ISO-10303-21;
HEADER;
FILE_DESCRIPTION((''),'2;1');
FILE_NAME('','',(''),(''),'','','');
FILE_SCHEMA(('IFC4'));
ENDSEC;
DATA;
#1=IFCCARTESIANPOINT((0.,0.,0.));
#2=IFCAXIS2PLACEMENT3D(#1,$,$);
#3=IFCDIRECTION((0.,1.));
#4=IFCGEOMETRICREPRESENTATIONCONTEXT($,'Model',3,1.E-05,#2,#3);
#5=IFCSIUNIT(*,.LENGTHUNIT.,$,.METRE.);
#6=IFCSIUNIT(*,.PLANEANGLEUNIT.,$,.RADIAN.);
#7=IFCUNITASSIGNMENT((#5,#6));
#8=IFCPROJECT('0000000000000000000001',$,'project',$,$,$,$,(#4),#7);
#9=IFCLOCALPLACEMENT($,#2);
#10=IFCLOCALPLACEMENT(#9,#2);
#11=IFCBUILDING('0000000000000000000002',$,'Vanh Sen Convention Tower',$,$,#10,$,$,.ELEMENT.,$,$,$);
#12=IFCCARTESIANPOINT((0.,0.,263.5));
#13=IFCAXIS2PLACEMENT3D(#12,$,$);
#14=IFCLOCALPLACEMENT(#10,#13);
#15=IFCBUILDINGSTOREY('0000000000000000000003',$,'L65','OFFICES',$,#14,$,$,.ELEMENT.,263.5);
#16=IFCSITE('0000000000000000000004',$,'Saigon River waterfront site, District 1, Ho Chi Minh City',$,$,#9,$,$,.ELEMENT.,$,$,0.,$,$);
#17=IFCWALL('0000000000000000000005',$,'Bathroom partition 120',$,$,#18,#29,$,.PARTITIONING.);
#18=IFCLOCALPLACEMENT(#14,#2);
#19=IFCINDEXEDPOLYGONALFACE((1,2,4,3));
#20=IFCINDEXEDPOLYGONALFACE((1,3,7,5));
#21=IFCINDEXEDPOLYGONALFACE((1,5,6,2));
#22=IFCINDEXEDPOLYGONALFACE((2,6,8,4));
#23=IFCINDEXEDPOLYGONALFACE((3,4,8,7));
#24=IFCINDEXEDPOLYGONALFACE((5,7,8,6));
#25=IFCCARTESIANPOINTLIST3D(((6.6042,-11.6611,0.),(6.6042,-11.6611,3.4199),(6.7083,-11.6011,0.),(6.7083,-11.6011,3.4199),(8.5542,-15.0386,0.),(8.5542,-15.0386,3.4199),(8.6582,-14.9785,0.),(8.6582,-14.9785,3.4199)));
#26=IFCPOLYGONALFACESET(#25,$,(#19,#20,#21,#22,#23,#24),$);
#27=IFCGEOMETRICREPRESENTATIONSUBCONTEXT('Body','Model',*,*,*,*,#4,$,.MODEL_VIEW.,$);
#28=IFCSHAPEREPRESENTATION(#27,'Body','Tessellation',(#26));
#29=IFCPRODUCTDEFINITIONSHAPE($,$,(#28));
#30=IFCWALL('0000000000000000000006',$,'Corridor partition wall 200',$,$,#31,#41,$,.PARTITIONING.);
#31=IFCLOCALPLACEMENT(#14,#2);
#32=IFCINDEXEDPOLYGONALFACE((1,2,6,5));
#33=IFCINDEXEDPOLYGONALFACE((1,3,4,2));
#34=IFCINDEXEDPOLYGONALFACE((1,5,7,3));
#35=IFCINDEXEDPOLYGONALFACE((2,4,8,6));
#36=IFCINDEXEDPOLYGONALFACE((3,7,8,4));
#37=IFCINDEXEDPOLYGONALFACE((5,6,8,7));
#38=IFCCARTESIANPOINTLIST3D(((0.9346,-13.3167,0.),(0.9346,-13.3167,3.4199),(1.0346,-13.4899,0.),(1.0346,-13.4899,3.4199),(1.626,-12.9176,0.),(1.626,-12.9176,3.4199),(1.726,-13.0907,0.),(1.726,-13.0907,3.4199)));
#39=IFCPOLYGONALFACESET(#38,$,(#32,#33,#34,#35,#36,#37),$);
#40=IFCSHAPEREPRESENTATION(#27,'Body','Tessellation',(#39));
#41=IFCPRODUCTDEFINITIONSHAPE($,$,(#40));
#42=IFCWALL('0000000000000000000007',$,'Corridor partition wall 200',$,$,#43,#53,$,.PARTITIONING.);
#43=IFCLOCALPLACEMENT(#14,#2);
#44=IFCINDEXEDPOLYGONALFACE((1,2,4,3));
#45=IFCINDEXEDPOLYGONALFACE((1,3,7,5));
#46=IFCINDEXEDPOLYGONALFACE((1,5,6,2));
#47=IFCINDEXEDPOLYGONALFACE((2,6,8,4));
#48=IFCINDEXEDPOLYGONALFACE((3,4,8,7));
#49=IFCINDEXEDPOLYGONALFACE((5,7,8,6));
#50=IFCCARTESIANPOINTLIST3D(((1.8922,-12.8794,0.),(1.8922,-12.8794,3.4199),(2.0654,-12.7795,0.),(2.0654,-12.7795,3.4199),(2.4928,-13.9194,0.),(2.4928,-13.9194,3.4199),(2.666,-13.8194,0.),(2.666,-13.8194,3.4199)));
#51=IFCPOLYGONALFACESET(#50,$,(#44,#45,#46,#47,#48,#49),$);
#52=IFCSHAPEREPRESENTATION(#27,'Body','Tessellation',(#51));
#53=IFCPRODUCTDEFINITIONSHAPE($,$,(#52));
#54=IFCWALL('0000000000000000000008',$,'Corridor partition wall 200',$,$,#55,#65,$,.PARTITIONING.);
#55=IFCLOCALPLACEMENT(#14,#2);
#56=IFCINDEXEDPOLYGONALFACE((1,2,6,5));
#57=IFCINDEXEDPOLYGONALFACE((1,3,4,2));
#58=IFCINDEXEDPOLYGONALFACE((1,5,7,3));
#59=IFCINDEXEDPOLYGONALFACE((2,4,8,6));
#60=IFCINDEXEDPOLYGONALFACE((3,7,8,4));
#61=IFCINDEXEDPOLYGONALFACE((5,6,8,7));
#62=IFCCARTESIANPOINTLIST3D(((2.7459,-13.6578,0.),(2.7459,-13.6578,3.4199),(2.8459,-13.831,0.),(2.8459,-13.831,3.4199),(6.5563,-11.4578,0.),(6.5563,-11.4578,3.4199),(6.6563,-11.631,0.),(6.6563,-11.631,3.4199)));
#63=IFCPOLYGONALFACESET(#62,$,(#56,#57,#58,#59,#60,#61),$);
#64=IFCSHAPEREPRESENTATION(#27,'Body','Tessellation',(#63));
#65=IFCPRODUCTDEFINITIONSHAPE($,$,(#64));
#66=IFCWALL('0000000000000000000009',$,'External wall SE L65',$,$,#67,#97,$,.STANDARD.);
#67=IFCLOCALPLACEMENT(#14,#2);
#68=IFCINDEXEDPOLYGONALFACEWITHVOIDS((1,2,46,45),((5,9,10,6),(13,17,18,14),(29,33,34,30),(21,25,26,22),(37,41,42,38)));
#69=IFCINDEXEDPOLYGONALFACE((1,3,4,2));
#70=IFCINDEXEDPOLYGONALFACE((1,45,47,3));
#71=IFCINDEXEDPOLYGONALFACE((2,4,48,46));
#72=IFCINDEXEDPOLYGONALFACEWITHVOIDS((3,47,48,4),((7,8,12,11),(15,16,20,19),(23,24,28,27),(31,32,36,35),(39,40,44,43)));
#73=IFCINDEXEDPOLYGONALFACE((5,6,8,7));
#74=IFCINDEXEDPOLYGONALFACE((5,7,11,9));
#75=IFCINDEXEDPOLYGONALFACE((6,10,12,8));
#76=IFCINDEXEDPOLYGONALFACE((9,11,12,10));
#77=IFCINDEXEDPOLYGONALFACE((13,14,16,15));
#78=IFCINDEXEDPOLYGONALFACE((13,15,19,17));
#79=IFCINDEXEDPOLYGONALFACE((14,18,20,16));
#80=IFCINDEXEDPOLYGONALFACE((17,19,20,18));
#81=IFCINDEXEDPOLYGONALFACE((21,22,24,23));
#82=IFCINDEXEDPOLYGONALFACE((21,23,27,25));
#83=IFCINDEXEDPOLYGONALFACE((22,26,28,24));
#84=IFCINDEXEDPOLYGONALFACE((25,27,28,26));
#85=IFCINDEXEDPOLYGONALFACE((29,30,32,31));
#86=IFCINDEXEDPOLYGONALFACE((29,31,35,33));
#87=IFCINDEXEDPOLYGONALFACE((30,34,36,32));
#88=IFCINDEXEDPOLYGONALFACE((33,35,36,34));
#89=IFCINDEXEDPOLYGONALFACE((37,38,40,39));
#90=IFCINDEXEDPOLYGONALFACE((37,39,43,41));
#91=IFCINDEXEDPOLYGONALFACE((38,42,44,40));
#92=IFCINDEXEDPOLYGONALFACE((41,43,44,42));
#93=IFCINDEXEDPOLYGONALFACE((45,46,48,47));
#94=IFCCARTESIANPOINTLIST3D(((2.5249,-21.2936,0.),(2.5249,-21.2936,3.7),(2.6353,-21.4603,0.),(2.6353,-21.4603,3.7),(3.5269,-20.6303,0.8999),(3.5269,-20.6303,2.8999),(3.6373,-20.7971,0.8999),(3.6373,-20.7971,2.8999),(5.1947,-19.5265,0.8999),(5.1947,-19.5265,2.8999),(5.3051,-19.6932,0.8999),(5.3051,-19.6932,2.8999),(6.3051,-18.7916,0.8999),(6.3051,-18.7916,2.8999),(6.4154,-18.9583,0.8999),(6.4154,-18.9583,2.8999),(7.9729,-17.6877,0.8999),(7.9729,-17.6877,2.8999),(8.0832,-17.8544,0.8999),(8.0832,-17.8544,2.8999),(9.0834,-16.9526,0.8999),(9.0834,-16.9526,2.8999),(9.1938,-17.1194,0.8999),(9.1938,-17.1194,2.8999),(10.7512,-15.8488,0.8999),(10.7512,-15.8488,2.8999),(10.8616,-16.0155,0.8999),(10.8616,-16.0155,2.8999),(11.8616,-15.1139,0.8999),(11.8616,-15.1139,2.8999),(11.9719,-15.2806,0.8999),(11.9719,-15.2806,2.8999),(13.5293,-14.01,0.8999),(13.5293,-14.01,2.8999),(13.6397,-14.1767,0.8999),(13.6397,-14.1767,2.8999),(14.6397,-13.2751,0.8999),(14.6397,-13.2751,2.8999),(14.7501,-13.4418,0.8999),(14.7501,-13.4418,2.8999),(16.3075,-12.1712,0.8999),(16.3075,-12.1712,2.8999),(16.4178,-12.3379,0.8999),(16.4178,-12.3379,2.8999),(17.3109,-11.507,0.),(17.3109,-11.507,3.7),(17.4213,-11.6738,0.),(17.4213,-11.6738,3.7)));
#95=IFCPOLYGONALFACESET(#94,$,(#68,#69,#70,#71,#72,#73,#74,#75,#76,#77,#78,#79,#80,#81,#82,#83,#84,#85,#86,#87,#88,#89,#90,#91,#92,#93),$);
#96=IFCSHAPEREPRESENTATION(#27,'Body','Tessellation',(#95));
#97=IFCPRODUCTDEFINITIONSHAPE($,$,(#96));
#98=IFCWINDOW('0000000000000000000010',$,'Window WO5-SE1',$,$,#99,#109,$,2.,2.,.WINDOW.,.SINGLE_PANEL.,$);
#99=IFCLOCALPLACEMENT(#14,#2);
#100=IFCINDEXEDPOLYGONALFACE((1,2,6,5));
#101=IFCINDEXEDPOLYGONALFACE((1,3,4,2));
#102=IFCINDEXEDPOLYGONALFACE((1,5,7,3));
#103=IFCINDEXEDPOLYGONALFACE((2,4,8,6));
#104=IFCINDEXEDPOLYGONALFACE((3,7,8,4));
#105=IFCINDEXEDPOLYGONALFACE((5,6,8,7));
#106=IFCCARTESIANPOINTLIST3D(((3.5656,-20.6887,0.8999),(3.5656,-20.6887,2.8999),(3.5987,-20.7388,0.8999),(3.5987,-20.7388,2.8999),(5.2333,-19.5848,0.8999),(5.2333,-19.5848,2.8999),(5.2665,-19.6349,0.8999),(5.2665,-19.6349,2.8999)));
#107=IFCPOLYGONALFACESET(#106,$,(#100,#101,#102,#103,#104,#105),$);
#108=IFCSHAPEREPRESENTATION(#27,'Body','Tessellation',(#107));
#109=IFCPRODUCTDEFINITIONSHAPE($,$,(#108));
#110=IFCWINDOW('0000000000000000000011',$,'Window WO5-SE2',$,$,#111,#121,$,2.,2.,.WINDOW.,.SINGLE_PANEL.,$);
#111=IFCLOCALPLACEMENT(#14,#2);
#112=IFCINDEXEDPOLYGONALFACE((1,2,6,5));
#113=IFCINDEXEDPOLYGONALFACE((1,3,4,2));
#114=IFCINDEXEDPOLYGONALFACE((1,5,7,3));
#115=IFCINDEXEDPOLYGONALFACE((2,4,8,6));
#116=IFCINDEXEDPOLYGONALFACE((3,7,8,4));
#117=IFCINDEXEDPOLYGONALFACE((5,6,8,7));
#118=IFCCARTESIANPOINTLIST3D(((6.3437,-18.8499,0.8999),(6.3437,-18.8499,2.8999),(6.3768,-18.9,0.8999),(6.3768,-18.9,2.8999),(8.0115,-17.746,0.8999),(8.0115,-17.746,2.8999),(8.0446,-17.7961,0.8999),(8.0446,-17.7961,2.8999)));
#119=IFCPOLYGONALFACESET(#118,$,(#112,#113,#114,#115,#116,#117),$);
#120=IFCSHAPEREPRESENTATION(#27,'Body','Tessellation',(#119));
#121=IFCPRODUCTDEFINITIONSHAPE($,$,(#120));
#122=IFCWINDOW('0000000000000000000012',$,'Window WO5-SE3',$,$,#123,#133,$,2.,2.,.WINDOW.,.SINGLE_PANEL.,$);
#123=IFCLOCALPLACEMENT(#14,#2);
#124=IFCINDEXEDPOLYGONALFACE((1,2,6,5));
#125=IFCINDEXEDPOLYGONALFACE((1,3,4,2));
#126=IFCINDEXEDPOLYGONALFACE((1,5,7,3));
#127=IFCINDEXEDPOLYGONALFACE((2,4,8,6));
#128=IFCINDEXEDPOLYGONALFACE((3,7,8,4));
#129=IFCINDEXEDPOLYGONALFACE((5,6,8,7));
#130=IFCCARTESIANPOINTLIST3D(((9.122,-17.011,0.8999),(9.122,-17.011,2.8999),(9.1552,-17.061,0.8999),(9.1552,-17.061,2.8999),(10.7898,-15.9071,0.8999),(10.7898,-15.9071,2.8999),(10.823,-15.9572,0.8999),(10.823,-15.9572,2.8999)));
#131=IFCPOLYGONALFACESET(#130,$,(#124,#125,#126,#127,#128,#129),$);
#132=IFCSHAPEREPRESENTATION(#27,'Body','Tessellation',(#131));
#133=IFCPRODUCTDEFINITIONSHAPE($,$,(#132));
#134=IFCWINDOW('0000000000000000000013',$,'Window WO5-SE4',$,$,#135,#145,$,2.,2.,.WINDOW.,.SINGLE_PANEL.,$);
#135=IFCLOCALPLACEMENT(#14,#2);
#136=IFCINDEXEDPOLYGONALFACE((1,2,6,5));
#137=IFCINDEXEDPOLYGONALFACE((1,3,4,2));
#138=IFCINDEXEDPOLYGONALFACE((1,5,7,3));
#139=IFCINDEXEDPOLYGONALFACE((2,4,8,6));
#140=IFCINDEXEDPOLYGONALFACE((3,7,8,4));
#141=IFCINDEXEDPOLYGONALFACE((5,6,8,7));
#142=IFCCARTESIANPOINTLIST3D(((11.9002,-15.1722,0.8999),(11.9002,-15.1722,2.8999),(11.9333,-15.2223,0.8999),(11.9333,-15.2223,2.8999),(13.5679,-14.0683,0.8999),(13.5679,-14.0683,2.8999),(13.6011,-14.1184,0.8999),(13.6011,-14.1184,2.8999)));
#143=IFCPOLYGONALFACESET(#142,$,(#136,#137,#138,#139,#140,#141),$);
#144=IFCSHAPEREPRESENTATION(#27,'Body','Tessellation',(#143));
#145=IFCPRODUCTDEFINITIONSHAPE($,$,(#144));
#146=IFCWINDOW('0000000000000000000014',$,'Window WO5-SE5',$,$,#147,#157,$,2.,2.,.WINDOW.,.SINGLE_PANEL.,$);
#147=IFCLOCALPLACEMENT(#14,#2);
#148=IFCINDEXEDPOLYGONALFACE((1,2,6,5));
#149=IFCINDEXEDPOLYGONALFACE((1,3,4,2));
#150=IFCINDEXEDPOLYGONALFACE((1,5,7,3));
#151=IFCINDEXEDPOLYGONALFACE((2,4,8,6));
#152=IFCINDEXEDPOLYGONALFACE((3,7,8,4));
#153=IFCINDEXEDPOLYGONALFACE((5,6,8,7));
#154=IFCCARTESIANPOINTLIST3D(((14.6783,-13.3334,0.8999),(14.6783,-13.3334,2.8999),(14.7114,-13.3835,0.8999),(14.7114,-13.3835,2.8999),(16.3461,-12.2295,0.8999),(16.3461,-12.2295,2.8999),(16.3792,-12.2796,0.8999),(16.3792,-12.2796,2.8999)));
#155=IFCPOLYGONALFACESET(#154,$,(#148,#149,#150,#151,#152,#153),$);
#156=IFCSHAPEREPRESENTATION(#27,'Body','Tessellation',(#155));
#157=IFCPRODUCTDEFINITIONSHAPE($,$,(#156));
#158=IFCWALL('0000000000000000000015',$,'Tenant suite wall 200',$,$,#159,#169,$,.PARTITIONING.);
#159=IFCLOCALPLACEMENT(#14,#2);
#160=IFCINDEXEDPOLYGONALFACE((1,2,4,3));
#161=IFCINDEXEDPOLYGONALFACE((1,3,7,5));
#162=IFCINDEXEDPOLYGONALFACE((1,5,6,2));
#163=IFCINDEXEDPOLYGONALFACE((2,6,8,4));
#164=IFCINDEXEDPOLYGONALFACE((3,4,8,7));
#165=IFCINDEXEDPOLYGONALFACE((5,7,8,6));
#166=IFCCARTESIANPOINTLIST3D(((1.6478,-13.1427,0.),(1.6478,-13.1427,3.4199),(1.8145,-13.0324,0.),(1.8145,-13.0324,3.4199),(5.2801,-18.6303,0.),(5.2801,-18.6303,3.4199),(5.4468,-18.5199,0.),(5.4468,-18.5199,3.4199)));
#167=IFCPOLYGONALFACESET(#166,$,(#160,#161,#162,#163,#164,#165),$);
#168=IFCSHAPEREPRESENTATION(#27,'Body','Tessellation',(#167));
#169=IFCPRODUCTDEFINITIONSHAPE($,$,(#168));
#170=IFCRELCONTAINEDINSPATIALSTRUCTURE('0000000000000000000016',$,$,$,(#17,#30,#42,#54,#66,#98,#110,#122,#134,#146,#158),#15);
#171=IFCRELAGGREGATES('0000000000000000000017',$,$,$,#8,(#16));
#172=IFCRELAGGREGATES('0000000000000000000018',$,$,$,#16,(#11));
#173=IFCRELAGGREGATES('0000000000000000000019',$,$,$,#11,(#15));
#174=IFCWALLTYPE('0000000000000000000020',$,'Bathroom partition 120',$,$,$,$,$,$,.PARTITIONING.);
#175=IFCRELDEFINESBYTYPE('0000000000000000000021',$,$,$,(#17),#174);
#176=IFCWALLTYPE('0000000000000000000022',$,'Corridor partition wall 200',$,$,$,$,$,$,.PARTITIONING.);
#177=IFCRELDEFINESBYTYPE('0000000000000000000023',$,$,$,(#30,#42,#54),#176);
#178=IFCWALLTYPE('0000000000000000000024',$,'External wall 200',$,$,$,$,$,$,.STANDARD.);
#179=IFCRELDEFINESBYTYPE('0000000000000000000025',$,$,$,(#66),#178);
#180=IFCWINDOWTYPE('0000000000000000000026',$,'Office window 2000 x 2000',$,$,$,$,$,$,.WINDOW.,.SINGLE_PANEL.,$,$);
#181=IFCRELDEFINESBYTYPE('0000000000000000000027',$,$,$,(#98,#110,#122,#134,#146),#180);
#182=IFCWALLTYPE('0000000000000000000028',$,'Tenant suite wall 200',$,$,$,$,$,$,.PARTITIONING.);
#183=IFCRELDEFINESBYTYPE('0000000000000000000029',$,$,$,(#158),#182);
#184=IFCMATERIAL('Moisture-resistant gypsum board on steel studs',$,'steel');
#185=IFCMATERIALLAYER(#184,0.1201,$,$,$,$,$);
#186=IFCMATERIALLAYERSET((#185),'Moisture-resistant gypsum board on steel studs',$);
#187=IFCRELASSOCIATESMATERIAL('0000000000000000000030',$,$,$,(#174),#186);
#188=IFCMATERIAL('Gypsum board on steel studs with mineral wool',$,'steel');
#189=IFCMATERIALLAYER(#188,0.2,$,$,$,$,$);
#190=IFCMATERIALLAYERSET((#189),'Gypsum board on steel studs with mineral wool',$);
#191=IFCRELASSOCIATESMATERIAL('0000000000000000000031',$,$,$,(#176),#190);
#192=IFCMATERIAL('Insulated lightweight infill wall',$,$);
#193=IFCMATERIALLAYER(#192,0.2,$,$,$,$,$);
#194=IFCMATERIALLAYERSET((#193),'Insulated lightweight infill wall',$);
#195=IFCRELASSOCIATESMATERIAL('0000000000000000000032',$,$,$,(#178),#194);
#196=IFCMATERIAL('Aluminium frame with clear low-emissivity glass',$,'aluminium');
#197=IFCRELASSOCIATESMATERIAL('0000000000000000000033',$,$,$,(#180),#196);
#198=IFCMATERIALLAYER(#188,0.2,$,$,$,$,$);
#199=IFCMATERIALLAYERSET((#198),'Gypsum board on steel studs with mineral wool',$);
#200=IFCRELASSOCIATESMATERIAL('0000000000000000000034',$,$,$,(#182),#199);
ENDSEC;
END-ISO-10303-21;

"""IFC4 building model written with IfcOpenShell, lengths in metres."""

from ifc_helpers import new_model, si_unit, direction, frame, frame_2d, origin, place, context, subcontext, project, spatial, rectangle, extrude, material, layer, layer_set, type_object, element, fill, save


model = new_model("IFC4")

# Units and contexts
model_context = context("Model", 3, precision=1e-05, world=origin(), true_north=direction((0.0, 1.0)))
body_context = subcontext(model_context, "Body", "Model", "MODEL_VIEW")
ifc_project = project(units=[si_unit("LENGTHUNIT", "METRE"), si_unit("PLANEANGLEUNIT", "RADIAN")], contexts=[model_context])

# Site, building, storey
site_placement = place(None, origin())
site = spatial("IfcSite", under=ifc_project, at=site_placement, Name="Saigon River waterfront site, District 1, Ho Chi Minh City", CompositionType="ELEMENT", RefElevation=0.0)
building_placement = place(site_placement, origin())
building = spatial("IfcBuilding", under=site, at=building_placement, Name="Vanh Sen Convention Tower", CompositionType="ELEMENT")
storey_placement = place(building_placement, frame((0.0, 0.0, 263.5)))
storey = spatial("IfcBuildingStorey", under=building, at=storey_placement, Name="L65", Description="OFFICES", CompositionType="ELEMENT", Elevation=263.5)

# Walls
ifc_material_1 = material(Name="Moisture-resistant gypsum board on steel studs", Category="steel")
ifc_layer_1 = layer(ifc_material_1, 0.1201)
ifc_layer_set_1 = layer_set([ifc_layer_1], Name="Moisture-resistant gypsum board on steel studs")
wall_type_1 = type_object("IfcWallType", Name="Bathroom partition 120", PredefinedType="PARTITIONING", material=ifc_layer_set_1)
wall_1_placement = place(storey_placement, frame((6.6562, -11.6311, 0.0), z_axis=(0.0, 0.0, 1.0), x_axis=(0.499997, -0.866027, 0.0)))
element("IfcWall", 1, at=wall_1_placement, inside=storey, type_object=wall_type_1, Name="Bathroom partition 120", PredefinedType="PARTITIONING", context=body_context, shape_type="SweptSolid", body=[
    extrude(rectangle(XDim=3.8999, YDim=0.1201, at=frame_2d((1.95, 0.0))), origin(), (0.0, 0.0, 1.0), 3.4199),
])
ifc_material_2 = material(Name="Gypsum board on steel studs with mineral wool", Category="steel")
ifc_layer_2 = layer(ifc_material_2, 0.2)
ifc_layer_set_2 = layer_set([ifc_layer_2], Name="Gypsum board on steel studs with mineral wool")
wall_type_2 = type_object("IfcWallType", Name="Corridor partition wall 200", PredefinedType="PARTITIONING", material=ifc_layer_set_2)
wall_2_placement = place(storey_placement, frame((0.9846, -13.4033, 0.0), z_axis=(0.0, 0.0, 1.0), x_axis=(0.866033, 0.499987, 0.0)))
element("IfcWall", 2, at=wall_2_placement, inside=storey, type_object=wall_type_2, Name="Corridor partition wall 200", PredefinedType="PARTITIONING", context=body_context, shape_type="SweptSolid", body=[
    extrude(rectangle(XDim=0.7983, YDim=0.2, at=frame_2d((0.3992, 0.0))), origin(), (0.0, 0.0, 1.0), 3.4199),
])
wall_3_placement = place(storey_placement, frame((1.9788, -12.8293, 0.0), z_axis=(0.0, 0.0, 1.0), x_axis=(0.500074, -0.865982, 0.0)))
element("IfcWall", 3, at=wall_3_placement, inside=storey, type_object=wall_type_2, Name="Corridor partition wall 200", PredefinedType="PARTITIONING", context=body_context, shape_type="SweptSolid", body=[
    extrude(rectangle(XDim=1.2009, YDim=0.2, at=frame_2d((0.6006, 0.0))), origin(), (0.0, 0.0, 1.0), 3.4199),
])
wall_4_placement = place(storey_placement, frame((2.7959, -13.7444, 0.0), z_axis=(0.0, 0.0, 1.0), x_axis=(0.866018, 0.500012, 0.0)))
element("IfcWall", 4, at=wall_4_placement, inside=storey, type_object=wall_type_2, Name="Corridor partition wall 200", PredefinedType="PARTITIONING", context=body_context, shape_type="SweptSolid", body=[
    extrude(rectangle(XDim=4.3999, YDim=0.2, at=frame_2d((2.2, 0.0))), origin(), (0.0, 0.0, 1.0), 3.4199),
])

# Wall, openings, windows
ifc_material_3 = material(Name="Insulated lightweight infill wall")
ifc_layer_3 = layer(ifc_material_3, 0.2)
ifc_layer_set_3 = layer_set([ifc_layer_3], Name="Insulated lightweight infill wall")
wall_type_3 = type_object("IfcWallType", Name="External wall 200", PredefinedType="STANDARD", material=ifc_layer_set_3)
wall_5_placement = place(storey_placement, frame((2.5801, -21.377, 0.0), z_axis=(0.0, 0.0, 1.0), x_axis=(0.833889, 0.551933, 0.0)))
wall_5 = element("IfcWall", 5, at=wall_5_placement, inside=storey, type_object=wall_type_3, Name="External wall SE L65", PredefinedType="STANDARD", context=body_context, shape_type="SweptSolid", body=[
    extrude(rectangle(XDim=17.7314, YDim=0.2, at=frame_2d((8.8657, 0.0))), origin(), (0.0, 0.0, 1.0), 3.7),
])
opening_1_placement = place(wall_5_placement, frame((1.2017, 0.0, 0.8999)))
opening_1 = element("IfcOpeningElement", 6, at=opening_1_placement, cuts=wall_5, PredefinedType="OPENING", context=body_context, shape_type="SweptSolid", body=[
    extrude(rectangle(XDim=2.0, YDim=2.0, at=frame_2d((1.0, 1.0))), frame((0.0, 0.1099, 0.0), z_axis=(0.0, -1.0, 0.0), x_axis=(1.0, 0.0, 0.0)), (0.0, 0.0, 1.0), 0.22),
])
opening_2_placement = place(wall_5_placement, frame((4.5332, 0.0, 0.8999)))
opening_2 = element("IfcOpeningElement", 7, at=opening_2_placement, cuts=wall_5, PredefinedType="OPENING", context=body_context, shape_type="SweptSolid", body=[
    extrude(rectangle(XDim=2.0, YDim=2.0, at=frame_2d((1.0, 1.0))), frame((0.0, 0.1099, 0.0), z_axis=(0.0, -1.0, 0.0), x_axis=(1.0, 0.0, 0.0)), (0.0, 0.0, 1.0), 0.22),
])
opening_3_placement = place(wall_5_placement, frame((7.865, 0.0, 0.8999)))
opening_3 = element("IfcOpeningElement", 8, at=opening_3_placement, cuts=wall_5, PredefinedType="OPENING", context=body_context, shape_type="SweptSolid", body=[
    extrude(rectangle(XDim=2.0, YDim=2.0, at=frame_2d((1.0, 1.0))), frame((0.0, 0.1099, 0.0), z_axis=(0.0, -1.0, 0.0), x_axis=(1.0, 0.0, 0.0)), (0.0, 0.0, 1.0), 0.22),
])
opening_4_placement = place(wall_5_placement, frame((11.1965, 0.0, 0.8999)))
opening_4 = element("IfcOpeningElement", 9, at=opening_4_placement, cuts=wall_5, PredefinedType="OPENING", context=body_context, shape_type="SweptSolid", body=[
    extrude(rectangle(XDim=2.0, YDim=2.0, at=frame_2d((1.0, 1.0))), frame((0.0, 0.1099, 0.0), z_axis=(0.0, -1.0, 0.0), x_axis=(1.0, 0.0, 0.0)), (0.0, 0.0, 1.0), 0.22),
])
opening_5_placement = place(wall_5_placement, frame((14.5281, 0.0, 0.8999)))
opening_5 = element("IfcOpeningElement", 10, at=opening_5_placement, cuts=wall_5, PredefinedType="OPENING", context=body_context, shape_type="SweptSolid", body=[
    extrude(rectangle(XDim=2.0, YDim=2.0, at=frame_2d((1.0, 1.0))), frame((0.0, 0.1099, 0.0), z_axis=(0.0, -1.0, 0.0), x_axis=(1.0, 0.0, 0.0)), (0.0, 0.0, 1.0), 0.22),
])
ifc_material_4 = material(Name="Aluminium frame with clear low-emissivity glass", Category="aluminium")
window_type = type_object("IfcWindowType", Name="Office window 2000 x 2000", PartitioningType="SINGLE_PANEL", PredefinedType="WINDOW", material=ifc_material_4)
window_1_placement = place(opening_1_placement, origin())
window_1 = element("IfcWindow", 11, at=window_1_placement, inside=storey, type_object=window_type, Name="Window WO5-SE1", OverallHeight=2.0, OverallWidth=2.0, PartitioningType="SINGLE_PANEL", PredefinedType="WINDOW", context=body_context, shape_type="SweptSolid", body=[
    extrude(rectangle(XDim=2.0, YDim=2.0, at=frame_2d((1.0, 1.0))), frame((0.0, 0.03, 0.0), z_axis=(0.0, -1.0, 0.0), x_axis=(1.0, 0.0, 0.0)), (0.0, 0.0, 1.0), 0.0601),
])
fill(opening_1, window_1)
window_2_placement = place(opening_2_placement, origin())
window_2 = element("IfcWindow", 12, at=window_2_placement, inside=storey, type_object=window_type, Name="Window WO5-SE2", OverallHeight=2.0, OverallWidth=2.0, PartitioningType="SINGLE_PANEL", PredefinedType="WINDOW", context=body_context, shape_type="SweptSolid", body=[
    extrude(rectangle(XDim=2.0, YDim=2.0, at=frame_2d((1.0, 1.0))), frame((0.0, 0.03, 0.0), z_axis=(0.0, -1.0, 0.0), x_axis=(1.0, 0.0, 0.0)), (0.0, 0.0, 1.0), 0.0601),
])
fill(opening_2, window_2)
window_3_placement = place(opening_3_placement, origin())
window_3 = element("IfcWindow", 13, at=window_3_placement, inside=storey, type_object=window_type, Name="Window WO5-SE3", OverallHeight=2.0, OverallWidth=2.0, PartitioningType="SINGLE_PANEL", PredefinedType="WINDOW", context=body_context, shape_type="SweptSolid", body=[
    extrude(rectangle(XDim=2.0, YDim=2.0, at=frame_2d((1.0, 1.0))), frame((0.0, 0.03, 0.0), z_axis=(0.0, -1.0, 0.0), x_axis=(1.0, 0.0, 0.0)), (0.0, 0.0, 1.0), 0.0601),
])
fill(opening_3, window_3)
window_4_placement = place(opening_4_placement, origin())
window_4 = element("IfcWindow", 14, at=window_4_placement, inside=storey, type_object=window_type, Name="Window WO5-SE4", OverallHeight=2.0, OverallWidth=2.0, PartitioningType="SINGLE_PANEL", PredefinedType="WINDOW", context=body_context, shape_type="SweptSolid", body=[
    extrude(rectangle(XDim=2.0, YDim=2.0, at=frame_2d((1.0, 1.0))), frame((0.0, 0.03, 0.0), z_axis=(0.0, -1.0, 0.0), x_axis=(1.0, 0.0, 0.0)), (0.0, 0.0, 1.0), 0.0601),
])
fill(opening_4, window_4)
window_5_placement = place(opening_5_placement, origin())
window_5 = element("IfcWindow", 15, at=window_5_placement, inside=storey, type_object=window_type, Name="Window WO5-SE5", OverallHeight=2.0, OverallWidth=2.0, PartitioningType="SINGLE_PANEL", PredefinedType="WINDOW", context=body_context, shape_type="SweptSolid", body=[
    extrude(rectangle(XDim=2.0, YDim=2.0, at=frame_2d((1.0, 1.0))), frame((0.0, 0.03, 0.0), z_axis=(0.0, -1.0, 0.0), x_axis=(1.0, 0.0, 0.0)), (0.0, 0.0, 1.0), 0.0601),
])
fill(opening_5, window_5)

# Wall
ifc_layer_4 = layer(ifc_material_2, 0.2)
ifc_layer_set_4 = layer_set([ifc_layer_4], Name="Gypsum board on steel studs with mineral wool")
wall_type_4 = type_object("IfcWallType", Name="Tenant suite wall 200", PredefinedType="PARTITIONING", material=ifc_layer_set_4)
wall_6_placement = place(storey_placement, frame((5.3635, -18.5752, 0.0), z_axis=(0.0, 0.0, 1.0), x_axis=(-0.551958, 0.833872, 0.0)))
element("IfcWall", 16, at=wall_6_placement, inside=storey, type_object=wall_type_4, Name="Tenant suite wall 200", PredefinedType="PARTITIONING", context=body_context, shape_type="SweptSolid", body=[
    extrude(rectangle(XDim=6.5808, YDim=0.2, at=frame_2d((3.2905, 0.0))), origin(), (0.0, 0.0, 1.0), 3.4199),
])

save(model, "model.ifc")
